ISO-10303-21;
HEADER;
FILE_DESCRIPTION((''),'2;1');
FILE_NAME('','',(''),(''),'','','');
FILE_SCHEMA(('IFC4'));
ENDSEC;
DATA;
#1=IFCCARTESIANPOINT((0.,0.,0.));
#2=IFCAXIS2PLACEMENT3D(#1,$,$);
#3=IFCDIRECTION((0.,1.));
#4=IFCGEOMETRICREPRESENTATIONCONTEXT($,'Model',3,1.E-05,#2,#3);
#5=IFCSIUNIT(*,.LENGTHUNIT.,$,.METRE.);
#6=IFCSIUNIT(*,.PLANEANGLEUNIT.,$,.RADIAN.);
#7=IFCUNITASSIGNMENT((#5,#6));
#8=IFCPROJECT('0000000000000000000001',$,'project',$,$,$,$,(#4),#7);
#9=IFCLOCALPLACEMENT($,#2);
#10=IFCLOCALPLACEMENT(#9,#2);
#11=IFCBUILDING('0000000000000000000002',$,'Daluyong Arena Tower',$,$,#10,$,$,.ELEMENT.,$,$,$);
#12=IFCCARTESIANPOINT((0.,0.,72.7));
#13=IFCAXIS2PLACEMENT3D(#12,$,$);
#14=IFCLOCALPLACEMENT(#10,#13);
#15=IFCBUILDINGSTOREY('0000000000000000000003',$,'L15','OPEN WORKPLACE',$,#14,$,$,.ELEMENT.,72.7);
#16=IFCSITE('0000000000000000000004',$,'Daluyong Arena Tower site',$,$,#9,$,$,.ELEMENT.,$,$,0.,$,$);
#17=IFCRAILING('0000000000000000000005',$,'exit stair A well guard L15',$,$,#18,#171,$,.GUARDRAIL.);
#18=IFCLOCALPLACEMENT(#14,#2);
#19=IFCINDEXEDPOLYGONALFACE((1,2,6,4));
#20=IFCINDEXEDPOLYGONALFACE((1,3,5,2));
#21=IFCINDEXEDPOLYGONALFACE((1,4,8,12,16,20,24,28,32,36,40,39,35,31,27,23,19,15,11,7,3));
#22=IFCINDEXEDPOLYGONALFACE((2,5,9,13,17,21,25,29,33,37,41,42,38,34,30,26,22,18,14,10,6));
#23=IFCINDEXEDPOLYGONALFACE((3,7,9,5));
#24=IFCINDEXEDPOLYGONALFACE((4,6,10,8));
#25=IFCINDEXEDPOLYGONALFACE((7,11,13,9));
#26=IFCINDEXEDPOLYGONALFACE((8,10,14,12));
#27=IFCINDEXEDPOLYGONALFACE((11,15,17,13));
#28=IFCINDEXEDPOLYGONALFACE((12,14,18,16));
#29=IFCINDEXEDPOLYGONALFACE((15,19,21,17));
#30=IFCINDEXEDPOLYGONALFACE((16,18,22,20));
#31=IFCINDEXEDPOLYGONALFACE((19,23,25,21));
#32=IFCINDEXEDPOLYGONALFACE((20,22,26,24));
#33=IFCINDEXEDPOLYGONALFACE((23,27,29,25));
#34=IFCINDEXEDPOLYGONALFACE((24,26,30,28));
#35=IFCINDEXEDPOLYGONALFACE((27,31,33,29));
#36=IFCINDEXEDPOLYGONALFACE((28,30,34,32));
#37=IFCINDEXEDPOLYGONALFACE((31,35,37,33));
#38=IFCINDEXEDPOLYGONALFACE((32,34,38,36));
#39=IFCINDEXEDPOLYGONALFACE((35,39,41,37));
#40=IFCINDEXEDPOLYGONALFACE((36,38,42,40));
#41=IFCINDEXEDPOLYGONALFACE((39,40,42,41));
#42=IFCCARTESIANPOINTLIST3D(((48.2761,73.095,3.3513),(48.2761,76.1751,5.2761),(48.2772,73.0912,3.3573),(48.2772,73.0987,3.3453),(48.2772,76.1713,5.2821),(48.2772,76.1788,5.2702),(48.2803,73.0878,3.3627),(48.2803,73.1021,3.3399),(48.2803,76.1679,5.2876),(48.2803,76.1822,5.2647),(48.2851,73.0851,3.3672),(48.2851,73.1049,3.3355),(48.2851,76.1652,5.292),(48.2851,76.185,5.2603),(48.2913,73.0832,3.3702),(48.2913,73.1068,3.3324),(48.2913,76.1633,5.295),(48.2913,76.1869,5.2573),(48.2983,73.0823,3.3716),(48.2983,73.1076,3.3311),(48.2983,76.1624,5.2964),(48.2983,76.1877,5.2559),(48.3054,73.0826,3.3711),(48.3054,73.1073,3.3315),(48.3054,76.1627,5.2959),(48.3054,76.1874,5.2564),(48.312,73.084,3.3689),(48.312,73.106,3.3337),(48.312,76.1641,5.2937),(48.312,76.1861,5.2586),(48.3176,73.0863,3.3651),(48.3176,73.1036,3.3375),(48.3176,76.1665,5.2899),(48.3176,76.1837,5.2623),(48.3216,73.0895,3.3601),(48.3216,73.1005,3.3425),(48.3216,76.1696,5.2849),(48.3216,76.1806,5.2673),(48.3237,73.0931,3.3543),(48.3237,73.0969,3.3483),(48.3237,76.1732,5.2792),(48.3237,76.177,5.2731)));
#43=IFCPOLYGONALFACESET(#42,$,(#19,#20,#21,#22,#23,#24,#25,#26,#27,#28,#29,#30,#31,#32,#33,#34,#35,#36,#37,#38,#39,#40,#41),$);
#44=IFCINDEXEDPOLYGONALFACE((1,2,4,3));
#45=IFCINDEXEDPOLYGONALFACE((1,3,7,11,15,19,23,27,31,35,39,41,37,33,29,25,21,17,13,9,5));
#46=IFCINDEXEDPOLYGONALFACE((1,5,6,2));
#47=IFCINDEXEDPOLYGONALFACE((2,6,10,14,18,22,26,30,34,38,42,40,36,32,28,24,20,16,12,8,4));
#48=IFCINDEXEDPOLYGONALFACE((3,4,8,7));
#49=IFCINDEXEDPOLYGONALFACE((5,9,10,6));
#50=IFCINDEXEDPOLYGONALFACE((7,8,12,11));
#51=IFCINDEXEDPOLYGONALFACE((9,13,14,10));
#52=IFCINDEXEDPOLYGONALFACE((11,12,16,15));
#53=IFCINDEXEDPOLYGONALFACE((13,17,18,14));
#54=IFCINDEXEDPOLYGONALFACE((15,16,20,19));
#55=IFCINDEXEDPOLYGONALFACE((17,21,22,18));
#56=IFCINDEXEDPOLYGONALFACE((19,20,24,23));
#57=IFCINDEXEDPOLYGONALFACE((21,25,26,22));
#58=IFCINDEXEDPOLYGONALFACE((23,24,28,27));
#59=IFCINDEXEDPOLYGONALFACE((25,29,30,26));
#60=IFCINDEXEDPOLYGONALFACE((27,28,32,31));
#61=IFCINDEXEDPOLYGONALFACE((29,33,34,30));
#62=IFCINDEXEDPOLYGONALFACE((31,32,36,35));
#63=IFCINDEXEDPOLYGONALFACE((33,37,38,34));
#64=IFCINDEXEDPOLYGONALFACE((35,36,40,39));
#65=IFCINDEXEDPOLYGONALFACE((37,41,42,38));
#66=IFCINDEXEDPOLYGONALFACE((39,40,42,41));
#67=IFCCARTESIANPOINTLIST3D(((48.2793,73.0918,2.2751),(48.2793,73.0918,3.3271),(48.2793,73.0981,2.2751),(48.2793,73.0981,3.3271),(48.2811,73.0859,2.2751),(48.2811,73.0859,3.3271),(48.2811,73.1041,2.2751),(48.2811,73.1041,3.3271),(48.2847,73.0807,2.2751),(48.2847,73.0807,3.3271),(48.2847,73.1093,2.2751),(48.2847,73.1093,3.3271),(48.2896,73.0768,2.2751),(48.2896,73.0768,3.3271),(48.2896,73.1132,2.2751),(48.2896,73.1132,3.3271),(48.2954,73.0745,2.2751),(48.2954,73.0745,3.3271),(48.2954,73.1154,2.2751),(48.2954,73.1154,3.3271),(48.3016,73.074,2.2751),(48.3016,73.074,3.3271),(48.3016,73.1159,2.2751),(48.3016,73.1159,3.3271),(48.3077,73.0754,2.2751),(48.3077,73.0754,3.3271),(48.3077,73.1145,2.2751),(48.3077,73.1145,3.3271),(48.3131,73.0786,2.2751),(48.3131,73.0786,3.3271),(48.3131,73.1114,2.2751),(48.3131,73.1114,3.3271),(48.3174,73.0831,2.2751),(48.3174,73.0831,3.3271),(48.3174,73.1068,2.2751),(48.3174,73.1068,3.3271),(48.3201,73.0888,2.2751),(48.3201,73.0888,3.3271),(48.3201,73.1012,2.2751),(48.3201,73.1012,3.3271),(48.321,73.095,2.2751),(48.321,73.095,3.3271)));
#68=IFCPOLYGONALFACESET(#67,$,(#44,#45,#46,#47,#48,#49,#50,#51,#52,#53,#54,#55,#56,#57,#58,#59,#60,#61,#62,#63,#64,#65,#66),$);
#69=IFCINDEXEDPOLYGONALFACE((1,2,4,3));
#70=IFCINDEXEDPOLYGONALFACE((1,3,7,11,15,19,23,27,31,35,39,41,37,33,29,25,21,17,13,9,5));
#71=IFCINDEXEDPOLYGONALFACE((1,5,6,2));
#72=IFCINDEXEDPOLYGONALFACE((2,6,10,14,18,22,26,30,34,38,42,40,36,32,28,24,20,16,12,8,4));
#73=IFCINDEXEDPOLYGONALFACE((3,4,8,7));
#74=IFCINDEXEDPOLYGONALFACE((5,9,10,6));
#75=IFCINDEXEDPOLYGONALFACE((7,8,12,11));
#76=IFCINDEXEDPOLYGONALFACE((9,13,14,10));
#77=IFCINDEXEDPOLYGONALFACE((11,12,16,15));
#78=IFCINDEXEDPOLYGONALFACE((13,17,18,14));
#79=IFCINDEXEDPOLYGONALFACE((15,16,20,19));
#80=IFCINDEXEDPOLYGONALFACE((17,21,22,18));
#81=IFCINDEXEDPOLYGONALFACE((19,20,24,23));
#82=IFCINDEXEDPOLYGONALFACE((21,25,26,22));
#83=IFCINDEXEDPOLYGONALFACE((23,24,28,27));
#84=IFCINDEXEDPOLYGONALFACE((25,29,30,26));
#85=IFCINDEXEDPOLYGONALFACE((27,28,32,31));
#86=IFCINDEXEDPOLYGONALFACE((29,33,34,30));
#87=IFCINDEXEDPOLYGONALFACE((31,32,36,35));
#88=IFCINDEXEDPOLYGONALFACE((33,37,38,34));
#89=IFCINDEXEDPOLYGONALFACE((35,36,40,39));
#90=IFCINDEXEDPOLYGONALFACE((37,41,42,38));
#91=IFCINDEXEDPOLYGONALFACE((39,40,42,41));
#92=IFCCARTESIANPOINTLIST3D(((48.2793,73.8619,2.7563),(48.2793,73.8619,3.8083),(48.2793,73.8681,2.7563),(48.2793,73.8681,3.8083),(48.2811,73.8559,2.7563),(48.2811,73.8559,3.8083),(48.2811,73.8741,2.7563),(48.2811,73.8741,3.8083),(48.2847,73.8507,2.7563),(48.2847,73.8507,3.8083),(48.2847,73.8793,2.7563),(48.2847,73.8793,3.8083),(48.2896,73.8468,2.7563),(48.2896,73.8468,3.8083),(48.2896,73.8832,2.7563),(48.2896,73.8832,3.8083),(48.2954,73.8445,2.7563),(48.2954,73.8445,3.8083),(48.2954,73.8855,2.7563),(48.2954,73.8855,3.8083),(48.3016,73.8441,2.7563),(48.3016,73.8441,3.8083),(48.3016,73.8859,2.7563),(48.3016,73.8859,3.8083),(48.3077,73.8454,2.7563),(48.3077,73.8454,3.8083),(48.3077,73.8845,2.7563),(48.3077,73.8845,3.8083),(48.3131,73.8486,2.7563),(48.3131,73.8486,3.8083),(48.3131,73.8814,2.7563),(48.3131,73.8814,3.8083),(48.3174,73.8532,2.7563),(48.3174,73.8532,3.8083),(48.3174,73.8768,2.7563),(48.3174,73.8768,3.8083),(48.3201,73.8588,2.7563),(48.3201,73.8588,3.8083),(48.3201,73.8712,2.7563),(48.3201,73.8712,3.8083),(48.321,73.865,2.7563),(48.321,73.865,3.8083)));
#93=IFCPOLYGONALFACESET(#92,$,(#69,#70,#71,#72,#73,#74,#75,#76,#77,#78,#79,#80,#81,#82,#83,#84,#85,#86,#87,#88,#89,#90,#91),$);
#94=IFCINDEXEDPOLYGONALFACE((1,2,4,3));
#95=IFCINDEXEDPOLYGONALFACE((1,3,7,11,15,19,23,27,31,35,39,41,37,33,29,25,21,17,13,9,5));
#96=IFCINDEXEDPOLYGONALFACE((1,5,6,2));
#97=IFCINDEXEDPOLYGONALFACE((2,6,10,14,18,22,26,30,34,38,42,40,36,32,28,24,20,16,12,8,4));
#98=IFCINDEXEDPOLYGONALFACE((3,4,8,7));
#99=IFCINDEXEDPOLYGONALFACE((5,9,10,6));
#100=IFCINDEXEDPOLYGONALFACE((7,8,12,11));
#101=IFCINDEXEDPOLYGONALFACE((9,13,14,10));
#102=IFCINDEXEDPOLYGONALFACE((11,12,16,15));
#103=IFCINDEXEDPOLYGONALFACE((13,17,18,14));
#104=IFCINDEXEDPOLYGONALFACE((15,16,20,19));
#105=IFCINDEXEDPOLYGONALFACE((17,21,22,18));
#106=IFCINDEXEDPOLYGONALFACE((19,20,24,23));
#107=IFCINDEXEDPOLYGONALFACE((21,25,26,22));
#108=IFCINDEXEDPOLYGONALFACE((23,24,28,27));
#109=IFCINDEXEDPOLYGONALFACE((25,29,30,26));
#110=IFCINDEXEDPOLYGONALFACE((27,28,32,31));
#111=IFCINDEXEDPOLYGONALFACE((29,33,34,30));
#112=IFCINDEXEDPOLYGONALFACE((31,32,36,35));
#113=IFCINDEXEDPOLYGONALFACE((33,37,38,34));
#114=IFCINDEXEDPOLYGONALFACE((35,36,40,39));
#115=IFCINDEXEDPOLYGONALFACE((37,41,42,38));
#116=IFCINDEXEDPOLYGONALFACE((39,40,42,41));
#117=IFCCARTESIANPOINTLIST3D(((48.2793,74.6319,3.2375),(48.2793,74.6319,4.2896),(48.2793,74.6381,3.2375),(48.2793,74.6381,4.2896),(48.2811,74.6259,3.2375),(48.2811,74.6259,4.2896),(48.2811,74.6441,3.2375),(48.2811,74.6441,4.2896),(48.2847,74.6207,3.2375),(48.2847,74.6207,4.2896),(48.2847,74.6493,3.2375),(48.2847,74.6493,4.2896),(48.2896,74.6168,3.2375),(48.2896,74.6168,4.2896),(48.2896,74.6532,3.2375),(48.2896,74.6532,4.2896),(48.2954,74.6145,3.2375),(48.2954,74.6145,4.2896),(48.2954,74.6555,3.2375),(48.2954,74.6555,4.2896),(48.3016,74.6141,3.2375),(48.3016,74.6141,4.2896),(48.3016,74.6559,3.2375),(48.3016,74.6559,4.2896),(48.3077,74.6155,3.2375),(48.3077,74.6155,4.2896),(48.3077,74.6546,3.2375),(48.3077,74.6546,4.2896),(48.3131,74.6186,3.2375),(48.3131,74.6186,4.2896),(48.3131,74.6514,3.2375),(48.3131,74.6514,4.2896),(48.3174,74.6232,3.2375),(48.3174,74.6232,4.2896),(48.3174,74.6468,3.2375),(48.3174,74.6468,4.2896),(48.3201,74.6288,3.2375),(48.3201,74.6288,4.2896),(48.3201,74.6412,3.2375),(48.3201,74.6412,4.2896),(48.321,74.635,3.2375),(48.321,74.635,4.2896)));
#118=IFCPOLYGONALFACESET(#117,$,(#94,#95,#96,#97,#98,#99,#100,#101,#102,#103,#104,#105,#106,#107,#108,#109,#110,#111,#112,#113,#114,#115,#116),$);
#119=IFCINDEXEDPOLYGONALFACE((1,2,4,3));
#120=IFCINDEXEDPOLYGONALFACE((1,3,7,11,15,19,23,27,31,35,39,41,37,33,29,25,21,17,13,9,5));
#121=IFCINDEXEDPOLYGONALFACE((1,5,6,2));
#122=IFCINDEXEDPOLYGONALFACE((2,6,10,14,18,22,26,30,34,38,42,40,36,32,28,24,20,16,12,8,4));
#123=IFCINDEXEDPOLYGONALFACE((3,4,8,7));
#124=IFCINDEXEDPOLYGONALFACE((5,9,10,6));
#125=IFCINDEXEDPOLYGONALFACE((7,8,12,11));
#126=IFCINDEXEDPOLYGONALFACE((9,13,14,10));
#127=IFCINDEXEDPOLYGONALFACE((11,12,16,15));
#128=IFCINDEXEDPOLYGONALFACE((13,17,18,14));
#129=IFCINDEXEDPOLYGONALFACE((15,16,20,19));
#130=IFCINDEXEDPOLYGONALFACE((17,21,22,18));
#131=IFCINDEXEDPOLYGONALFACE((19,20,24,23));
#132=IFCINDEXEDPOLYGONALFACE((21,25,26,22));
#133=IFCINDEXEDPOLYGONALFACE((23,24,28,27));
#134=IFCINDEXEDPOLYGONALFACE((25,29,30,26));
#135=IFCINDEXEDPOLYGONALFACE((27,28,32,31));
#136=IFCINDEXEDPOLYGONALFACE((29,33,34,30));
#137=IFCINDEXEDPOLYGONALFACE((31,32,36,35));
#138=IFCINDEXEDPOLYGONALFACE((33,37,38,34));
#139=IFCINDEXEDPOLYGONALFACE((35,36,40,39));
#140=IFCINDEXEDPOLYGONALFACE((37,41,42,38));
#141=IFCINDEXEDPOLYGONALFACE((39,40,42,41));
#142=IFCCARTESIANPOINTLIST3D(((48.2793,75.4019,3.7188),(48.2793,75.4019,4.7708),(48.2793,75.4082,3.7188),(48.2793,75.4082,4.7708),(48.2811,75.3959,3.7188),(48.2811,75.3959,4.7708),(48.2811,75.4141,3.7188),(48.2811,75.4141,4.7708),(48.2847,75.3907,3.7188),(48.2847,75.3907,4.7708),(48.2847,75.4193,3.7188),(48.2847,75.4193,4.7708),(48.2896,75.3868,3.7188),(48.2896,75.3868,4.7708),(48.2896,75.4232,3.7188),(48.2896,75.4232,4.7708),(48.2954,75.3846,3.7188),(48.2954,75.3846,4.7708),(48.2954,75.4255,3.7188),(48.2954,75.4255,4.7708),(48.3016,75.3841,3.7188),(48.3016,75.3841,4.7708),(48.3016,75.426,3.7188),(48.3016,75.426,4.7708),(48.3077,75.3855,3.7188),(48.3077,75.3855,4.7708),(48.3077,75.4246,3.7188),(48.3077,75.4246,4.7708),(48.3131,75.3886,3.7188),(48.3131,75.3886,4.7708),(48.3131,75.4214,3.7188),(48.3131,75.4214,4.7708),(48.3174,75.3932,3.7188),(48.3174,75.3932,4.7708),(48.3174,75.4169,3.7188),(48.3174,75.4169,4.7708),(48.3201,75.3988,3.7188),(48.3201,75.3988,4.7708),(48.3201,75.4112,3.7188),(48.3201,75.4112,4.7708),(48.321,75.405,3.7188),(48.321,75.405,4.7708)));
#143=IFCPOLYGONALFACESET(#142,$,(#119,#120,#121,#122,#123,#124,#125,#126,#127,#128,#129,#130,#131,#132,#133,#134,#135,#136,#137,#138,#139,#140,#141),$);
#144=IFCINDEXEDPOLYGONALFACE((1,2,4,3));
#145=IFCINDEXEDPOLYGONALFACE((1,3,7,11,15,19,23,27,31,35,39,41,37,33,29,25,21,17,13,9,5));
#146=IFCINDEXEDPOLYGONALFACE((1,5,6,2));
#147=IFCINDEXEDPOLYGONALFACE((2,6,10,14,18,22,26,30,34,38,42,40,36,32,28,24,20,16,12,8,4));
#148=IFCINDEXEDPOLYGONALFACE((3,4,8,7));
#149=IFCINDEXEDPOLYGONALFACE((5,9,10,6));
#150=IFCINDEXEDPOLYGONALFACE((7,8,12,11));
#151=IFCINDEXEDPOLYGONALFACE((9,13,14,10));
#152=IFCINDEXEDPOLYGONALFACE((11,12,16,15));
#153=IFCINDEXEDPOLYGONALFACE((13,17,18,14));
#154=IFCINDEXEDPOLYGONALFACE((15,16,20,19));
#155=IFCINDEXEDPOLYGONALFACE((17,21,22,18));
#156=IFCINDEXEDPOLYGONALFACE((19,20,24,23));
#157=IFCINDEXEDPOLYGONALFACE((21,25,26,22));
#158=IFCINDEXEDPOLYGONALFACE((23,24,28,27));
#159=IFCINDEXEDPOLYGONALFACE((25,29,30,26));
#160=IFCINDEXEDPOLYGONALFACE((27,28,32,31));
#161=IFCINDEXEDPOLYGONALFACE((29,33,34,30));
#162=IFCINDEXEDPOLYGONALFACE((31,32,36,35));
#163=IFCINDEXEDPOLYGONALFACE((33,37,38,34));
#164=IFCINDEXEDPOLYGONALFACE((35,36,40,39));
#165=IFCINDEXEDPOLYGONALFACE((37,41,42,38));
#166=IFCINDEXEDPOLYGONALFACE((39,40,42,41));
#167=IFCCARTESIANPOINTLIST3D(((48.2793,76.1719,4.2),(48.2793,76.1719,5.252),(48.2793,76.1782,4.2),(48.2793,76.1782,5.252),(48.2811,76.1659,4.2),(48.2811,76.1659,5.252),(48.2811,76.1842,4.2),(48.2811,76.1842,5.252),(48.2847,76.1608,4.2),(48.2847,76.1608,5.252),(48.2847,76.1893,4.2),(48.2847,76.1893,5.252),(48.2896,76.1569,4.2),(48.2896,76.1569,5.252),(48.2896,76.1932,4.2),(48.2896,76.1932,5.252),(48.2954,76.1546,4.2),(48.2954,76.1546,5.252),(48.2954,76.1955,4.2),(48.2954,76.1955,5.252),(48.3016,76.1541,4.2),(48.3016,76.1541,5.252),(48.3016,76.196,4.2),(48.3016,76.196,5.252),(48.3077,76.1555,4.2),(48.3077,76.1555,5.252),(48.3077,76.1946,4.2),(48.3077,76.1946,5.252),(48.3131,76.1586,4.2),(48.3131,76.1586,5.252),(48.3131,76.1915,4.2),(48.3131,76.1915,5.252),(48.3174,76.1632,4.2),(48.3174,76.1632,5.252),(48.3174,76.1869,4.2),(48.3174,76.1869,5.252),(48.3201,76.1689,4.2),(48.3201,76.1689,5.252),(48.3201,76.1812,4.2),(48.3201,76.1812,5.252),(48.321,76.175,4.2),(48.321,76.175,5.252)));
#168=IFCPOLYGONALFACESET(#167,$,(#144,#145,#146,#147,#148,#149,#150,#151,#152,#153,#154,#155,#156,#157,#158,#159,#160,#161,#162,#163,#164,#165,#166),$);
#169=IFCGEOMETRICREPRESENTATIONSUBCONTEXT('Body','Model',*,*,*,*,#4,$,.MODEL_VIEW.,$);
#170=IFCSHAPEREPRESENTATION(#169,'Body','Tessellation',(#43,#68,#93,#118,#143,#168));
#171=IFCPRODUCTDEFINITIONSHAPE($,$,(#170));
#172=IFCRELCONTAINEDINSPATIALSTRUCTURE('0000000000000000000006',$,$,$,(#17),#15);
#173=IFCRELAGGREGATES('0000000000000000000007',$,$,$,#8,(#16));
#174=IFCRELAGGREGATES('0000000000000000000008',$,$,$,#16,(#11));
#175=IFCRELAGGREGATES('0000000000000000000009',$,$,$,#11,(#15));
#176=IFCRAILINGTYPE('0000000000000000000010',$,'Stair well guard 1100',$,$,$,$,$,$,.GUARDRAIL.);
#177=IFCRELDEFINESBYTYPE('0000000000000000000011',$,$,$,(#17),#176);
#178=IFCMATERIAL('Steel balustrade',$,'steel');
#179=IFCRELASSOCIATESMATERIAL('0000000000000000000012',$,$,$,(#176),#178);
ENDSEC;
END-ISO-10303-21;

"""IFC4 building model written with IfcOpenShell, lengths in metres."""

from ifc_helpers import new_model, si_unit, direction, frame, origin, origin_2d, place, context, subcontext, project, spatial, circle, extrude, material, type_object, element, save


model = new_model("IFC4")

# Units and contexts
model_context = context("Model", 3, precision=1e-05, world=origin(), true_north=direction((0.0, 1.0)))
body_context = subcontext(model_context, "Body", "Model", "MODEL_VIEW")
ifc_project = project(units=[si_unit("LENGTHUNIT", "METRE"), si_unit("PLANEANGLEUNIT", "RADIAN")], contexts=[model_context])

# Site, building, storey
site_placement = place(None, origin())
site = spatial("IfcSite", under=ifc_project, at=site_placement, Name="Daluyong Arena Tower site", CompositionType="ELEMENT", RefElevation=0.0)
building_placement = place(site_placement, origin())
building = spatial("IfcBuilding", under=site, at=building_placement, Name="Daluyong Arena Tower", CompositionType="ELEMENT")
storey_placement = place(building_placement, frame((0.0, 0.0, 72.7)))
storey = spatial("IfcBuildingStorey", under=building, at=storey_placement, Name="L15", Description="OPEN WORKPLACE", CompositionType="ELEMENT", Elevation=72.7)

# Railing
ifc_material_1 = material(Name="Steel balustrade", Category="steel")
railing_type_1 = type_object("IfcRailingType", Name="Stair well guard 1100", PredefinedType="GUARDRAIL", material=ifc_material_1)
railing_1_placement = place(storey_placement, frame((48.3, 73.095, 2.2751)))
element("IfcRailing", 1, at=railing_1_placement, inside=storey, type_object=railing_type_1, Name="exit stair A well guard L15", PredefinedType="GUARDRAIL", context=body_context, shape_type="SweptSolid", body=[
    extrude(circle(Radius=0.0239, at=origin_2d()), frame((0.0, 0.0, 1.0762), z_axis=(0.0, 0.848029, 0.529951), x_axis=(-1.0, 0.0, 0.0)), (0.0, 0.0, 1.0), 3.6321),
    extrude(circle(Radius=0.021, at=origin_2d()), origin(), (0.0, 0.0, 1.0), 1.052),
    extrude(circle(Radius=0.021, at=origin_2d()), frame((0.0, 0.77, 0.4812)), (0.0, 0.0, 1.0), 1.052),
    extrude(circle(Radius=0.021, at=origin_2d()), frame((0.0, 1.54, 0.9624)), (0.0, 0.0, 1.0), 1.052),
    extrude(circle(Radius=0.021, at=origin_2d()), frame((0.0, 2.3101, 1.4436)), (0.0, 0.0, 1.0), 1.052),
    extrude(circle(Radius=0.021, at=origin_2d()), frame((0.0, 3.0801, 1.9248)), (0.0, 0.0, 1.0), 1.052),
])

save(model, "model.ifc")
